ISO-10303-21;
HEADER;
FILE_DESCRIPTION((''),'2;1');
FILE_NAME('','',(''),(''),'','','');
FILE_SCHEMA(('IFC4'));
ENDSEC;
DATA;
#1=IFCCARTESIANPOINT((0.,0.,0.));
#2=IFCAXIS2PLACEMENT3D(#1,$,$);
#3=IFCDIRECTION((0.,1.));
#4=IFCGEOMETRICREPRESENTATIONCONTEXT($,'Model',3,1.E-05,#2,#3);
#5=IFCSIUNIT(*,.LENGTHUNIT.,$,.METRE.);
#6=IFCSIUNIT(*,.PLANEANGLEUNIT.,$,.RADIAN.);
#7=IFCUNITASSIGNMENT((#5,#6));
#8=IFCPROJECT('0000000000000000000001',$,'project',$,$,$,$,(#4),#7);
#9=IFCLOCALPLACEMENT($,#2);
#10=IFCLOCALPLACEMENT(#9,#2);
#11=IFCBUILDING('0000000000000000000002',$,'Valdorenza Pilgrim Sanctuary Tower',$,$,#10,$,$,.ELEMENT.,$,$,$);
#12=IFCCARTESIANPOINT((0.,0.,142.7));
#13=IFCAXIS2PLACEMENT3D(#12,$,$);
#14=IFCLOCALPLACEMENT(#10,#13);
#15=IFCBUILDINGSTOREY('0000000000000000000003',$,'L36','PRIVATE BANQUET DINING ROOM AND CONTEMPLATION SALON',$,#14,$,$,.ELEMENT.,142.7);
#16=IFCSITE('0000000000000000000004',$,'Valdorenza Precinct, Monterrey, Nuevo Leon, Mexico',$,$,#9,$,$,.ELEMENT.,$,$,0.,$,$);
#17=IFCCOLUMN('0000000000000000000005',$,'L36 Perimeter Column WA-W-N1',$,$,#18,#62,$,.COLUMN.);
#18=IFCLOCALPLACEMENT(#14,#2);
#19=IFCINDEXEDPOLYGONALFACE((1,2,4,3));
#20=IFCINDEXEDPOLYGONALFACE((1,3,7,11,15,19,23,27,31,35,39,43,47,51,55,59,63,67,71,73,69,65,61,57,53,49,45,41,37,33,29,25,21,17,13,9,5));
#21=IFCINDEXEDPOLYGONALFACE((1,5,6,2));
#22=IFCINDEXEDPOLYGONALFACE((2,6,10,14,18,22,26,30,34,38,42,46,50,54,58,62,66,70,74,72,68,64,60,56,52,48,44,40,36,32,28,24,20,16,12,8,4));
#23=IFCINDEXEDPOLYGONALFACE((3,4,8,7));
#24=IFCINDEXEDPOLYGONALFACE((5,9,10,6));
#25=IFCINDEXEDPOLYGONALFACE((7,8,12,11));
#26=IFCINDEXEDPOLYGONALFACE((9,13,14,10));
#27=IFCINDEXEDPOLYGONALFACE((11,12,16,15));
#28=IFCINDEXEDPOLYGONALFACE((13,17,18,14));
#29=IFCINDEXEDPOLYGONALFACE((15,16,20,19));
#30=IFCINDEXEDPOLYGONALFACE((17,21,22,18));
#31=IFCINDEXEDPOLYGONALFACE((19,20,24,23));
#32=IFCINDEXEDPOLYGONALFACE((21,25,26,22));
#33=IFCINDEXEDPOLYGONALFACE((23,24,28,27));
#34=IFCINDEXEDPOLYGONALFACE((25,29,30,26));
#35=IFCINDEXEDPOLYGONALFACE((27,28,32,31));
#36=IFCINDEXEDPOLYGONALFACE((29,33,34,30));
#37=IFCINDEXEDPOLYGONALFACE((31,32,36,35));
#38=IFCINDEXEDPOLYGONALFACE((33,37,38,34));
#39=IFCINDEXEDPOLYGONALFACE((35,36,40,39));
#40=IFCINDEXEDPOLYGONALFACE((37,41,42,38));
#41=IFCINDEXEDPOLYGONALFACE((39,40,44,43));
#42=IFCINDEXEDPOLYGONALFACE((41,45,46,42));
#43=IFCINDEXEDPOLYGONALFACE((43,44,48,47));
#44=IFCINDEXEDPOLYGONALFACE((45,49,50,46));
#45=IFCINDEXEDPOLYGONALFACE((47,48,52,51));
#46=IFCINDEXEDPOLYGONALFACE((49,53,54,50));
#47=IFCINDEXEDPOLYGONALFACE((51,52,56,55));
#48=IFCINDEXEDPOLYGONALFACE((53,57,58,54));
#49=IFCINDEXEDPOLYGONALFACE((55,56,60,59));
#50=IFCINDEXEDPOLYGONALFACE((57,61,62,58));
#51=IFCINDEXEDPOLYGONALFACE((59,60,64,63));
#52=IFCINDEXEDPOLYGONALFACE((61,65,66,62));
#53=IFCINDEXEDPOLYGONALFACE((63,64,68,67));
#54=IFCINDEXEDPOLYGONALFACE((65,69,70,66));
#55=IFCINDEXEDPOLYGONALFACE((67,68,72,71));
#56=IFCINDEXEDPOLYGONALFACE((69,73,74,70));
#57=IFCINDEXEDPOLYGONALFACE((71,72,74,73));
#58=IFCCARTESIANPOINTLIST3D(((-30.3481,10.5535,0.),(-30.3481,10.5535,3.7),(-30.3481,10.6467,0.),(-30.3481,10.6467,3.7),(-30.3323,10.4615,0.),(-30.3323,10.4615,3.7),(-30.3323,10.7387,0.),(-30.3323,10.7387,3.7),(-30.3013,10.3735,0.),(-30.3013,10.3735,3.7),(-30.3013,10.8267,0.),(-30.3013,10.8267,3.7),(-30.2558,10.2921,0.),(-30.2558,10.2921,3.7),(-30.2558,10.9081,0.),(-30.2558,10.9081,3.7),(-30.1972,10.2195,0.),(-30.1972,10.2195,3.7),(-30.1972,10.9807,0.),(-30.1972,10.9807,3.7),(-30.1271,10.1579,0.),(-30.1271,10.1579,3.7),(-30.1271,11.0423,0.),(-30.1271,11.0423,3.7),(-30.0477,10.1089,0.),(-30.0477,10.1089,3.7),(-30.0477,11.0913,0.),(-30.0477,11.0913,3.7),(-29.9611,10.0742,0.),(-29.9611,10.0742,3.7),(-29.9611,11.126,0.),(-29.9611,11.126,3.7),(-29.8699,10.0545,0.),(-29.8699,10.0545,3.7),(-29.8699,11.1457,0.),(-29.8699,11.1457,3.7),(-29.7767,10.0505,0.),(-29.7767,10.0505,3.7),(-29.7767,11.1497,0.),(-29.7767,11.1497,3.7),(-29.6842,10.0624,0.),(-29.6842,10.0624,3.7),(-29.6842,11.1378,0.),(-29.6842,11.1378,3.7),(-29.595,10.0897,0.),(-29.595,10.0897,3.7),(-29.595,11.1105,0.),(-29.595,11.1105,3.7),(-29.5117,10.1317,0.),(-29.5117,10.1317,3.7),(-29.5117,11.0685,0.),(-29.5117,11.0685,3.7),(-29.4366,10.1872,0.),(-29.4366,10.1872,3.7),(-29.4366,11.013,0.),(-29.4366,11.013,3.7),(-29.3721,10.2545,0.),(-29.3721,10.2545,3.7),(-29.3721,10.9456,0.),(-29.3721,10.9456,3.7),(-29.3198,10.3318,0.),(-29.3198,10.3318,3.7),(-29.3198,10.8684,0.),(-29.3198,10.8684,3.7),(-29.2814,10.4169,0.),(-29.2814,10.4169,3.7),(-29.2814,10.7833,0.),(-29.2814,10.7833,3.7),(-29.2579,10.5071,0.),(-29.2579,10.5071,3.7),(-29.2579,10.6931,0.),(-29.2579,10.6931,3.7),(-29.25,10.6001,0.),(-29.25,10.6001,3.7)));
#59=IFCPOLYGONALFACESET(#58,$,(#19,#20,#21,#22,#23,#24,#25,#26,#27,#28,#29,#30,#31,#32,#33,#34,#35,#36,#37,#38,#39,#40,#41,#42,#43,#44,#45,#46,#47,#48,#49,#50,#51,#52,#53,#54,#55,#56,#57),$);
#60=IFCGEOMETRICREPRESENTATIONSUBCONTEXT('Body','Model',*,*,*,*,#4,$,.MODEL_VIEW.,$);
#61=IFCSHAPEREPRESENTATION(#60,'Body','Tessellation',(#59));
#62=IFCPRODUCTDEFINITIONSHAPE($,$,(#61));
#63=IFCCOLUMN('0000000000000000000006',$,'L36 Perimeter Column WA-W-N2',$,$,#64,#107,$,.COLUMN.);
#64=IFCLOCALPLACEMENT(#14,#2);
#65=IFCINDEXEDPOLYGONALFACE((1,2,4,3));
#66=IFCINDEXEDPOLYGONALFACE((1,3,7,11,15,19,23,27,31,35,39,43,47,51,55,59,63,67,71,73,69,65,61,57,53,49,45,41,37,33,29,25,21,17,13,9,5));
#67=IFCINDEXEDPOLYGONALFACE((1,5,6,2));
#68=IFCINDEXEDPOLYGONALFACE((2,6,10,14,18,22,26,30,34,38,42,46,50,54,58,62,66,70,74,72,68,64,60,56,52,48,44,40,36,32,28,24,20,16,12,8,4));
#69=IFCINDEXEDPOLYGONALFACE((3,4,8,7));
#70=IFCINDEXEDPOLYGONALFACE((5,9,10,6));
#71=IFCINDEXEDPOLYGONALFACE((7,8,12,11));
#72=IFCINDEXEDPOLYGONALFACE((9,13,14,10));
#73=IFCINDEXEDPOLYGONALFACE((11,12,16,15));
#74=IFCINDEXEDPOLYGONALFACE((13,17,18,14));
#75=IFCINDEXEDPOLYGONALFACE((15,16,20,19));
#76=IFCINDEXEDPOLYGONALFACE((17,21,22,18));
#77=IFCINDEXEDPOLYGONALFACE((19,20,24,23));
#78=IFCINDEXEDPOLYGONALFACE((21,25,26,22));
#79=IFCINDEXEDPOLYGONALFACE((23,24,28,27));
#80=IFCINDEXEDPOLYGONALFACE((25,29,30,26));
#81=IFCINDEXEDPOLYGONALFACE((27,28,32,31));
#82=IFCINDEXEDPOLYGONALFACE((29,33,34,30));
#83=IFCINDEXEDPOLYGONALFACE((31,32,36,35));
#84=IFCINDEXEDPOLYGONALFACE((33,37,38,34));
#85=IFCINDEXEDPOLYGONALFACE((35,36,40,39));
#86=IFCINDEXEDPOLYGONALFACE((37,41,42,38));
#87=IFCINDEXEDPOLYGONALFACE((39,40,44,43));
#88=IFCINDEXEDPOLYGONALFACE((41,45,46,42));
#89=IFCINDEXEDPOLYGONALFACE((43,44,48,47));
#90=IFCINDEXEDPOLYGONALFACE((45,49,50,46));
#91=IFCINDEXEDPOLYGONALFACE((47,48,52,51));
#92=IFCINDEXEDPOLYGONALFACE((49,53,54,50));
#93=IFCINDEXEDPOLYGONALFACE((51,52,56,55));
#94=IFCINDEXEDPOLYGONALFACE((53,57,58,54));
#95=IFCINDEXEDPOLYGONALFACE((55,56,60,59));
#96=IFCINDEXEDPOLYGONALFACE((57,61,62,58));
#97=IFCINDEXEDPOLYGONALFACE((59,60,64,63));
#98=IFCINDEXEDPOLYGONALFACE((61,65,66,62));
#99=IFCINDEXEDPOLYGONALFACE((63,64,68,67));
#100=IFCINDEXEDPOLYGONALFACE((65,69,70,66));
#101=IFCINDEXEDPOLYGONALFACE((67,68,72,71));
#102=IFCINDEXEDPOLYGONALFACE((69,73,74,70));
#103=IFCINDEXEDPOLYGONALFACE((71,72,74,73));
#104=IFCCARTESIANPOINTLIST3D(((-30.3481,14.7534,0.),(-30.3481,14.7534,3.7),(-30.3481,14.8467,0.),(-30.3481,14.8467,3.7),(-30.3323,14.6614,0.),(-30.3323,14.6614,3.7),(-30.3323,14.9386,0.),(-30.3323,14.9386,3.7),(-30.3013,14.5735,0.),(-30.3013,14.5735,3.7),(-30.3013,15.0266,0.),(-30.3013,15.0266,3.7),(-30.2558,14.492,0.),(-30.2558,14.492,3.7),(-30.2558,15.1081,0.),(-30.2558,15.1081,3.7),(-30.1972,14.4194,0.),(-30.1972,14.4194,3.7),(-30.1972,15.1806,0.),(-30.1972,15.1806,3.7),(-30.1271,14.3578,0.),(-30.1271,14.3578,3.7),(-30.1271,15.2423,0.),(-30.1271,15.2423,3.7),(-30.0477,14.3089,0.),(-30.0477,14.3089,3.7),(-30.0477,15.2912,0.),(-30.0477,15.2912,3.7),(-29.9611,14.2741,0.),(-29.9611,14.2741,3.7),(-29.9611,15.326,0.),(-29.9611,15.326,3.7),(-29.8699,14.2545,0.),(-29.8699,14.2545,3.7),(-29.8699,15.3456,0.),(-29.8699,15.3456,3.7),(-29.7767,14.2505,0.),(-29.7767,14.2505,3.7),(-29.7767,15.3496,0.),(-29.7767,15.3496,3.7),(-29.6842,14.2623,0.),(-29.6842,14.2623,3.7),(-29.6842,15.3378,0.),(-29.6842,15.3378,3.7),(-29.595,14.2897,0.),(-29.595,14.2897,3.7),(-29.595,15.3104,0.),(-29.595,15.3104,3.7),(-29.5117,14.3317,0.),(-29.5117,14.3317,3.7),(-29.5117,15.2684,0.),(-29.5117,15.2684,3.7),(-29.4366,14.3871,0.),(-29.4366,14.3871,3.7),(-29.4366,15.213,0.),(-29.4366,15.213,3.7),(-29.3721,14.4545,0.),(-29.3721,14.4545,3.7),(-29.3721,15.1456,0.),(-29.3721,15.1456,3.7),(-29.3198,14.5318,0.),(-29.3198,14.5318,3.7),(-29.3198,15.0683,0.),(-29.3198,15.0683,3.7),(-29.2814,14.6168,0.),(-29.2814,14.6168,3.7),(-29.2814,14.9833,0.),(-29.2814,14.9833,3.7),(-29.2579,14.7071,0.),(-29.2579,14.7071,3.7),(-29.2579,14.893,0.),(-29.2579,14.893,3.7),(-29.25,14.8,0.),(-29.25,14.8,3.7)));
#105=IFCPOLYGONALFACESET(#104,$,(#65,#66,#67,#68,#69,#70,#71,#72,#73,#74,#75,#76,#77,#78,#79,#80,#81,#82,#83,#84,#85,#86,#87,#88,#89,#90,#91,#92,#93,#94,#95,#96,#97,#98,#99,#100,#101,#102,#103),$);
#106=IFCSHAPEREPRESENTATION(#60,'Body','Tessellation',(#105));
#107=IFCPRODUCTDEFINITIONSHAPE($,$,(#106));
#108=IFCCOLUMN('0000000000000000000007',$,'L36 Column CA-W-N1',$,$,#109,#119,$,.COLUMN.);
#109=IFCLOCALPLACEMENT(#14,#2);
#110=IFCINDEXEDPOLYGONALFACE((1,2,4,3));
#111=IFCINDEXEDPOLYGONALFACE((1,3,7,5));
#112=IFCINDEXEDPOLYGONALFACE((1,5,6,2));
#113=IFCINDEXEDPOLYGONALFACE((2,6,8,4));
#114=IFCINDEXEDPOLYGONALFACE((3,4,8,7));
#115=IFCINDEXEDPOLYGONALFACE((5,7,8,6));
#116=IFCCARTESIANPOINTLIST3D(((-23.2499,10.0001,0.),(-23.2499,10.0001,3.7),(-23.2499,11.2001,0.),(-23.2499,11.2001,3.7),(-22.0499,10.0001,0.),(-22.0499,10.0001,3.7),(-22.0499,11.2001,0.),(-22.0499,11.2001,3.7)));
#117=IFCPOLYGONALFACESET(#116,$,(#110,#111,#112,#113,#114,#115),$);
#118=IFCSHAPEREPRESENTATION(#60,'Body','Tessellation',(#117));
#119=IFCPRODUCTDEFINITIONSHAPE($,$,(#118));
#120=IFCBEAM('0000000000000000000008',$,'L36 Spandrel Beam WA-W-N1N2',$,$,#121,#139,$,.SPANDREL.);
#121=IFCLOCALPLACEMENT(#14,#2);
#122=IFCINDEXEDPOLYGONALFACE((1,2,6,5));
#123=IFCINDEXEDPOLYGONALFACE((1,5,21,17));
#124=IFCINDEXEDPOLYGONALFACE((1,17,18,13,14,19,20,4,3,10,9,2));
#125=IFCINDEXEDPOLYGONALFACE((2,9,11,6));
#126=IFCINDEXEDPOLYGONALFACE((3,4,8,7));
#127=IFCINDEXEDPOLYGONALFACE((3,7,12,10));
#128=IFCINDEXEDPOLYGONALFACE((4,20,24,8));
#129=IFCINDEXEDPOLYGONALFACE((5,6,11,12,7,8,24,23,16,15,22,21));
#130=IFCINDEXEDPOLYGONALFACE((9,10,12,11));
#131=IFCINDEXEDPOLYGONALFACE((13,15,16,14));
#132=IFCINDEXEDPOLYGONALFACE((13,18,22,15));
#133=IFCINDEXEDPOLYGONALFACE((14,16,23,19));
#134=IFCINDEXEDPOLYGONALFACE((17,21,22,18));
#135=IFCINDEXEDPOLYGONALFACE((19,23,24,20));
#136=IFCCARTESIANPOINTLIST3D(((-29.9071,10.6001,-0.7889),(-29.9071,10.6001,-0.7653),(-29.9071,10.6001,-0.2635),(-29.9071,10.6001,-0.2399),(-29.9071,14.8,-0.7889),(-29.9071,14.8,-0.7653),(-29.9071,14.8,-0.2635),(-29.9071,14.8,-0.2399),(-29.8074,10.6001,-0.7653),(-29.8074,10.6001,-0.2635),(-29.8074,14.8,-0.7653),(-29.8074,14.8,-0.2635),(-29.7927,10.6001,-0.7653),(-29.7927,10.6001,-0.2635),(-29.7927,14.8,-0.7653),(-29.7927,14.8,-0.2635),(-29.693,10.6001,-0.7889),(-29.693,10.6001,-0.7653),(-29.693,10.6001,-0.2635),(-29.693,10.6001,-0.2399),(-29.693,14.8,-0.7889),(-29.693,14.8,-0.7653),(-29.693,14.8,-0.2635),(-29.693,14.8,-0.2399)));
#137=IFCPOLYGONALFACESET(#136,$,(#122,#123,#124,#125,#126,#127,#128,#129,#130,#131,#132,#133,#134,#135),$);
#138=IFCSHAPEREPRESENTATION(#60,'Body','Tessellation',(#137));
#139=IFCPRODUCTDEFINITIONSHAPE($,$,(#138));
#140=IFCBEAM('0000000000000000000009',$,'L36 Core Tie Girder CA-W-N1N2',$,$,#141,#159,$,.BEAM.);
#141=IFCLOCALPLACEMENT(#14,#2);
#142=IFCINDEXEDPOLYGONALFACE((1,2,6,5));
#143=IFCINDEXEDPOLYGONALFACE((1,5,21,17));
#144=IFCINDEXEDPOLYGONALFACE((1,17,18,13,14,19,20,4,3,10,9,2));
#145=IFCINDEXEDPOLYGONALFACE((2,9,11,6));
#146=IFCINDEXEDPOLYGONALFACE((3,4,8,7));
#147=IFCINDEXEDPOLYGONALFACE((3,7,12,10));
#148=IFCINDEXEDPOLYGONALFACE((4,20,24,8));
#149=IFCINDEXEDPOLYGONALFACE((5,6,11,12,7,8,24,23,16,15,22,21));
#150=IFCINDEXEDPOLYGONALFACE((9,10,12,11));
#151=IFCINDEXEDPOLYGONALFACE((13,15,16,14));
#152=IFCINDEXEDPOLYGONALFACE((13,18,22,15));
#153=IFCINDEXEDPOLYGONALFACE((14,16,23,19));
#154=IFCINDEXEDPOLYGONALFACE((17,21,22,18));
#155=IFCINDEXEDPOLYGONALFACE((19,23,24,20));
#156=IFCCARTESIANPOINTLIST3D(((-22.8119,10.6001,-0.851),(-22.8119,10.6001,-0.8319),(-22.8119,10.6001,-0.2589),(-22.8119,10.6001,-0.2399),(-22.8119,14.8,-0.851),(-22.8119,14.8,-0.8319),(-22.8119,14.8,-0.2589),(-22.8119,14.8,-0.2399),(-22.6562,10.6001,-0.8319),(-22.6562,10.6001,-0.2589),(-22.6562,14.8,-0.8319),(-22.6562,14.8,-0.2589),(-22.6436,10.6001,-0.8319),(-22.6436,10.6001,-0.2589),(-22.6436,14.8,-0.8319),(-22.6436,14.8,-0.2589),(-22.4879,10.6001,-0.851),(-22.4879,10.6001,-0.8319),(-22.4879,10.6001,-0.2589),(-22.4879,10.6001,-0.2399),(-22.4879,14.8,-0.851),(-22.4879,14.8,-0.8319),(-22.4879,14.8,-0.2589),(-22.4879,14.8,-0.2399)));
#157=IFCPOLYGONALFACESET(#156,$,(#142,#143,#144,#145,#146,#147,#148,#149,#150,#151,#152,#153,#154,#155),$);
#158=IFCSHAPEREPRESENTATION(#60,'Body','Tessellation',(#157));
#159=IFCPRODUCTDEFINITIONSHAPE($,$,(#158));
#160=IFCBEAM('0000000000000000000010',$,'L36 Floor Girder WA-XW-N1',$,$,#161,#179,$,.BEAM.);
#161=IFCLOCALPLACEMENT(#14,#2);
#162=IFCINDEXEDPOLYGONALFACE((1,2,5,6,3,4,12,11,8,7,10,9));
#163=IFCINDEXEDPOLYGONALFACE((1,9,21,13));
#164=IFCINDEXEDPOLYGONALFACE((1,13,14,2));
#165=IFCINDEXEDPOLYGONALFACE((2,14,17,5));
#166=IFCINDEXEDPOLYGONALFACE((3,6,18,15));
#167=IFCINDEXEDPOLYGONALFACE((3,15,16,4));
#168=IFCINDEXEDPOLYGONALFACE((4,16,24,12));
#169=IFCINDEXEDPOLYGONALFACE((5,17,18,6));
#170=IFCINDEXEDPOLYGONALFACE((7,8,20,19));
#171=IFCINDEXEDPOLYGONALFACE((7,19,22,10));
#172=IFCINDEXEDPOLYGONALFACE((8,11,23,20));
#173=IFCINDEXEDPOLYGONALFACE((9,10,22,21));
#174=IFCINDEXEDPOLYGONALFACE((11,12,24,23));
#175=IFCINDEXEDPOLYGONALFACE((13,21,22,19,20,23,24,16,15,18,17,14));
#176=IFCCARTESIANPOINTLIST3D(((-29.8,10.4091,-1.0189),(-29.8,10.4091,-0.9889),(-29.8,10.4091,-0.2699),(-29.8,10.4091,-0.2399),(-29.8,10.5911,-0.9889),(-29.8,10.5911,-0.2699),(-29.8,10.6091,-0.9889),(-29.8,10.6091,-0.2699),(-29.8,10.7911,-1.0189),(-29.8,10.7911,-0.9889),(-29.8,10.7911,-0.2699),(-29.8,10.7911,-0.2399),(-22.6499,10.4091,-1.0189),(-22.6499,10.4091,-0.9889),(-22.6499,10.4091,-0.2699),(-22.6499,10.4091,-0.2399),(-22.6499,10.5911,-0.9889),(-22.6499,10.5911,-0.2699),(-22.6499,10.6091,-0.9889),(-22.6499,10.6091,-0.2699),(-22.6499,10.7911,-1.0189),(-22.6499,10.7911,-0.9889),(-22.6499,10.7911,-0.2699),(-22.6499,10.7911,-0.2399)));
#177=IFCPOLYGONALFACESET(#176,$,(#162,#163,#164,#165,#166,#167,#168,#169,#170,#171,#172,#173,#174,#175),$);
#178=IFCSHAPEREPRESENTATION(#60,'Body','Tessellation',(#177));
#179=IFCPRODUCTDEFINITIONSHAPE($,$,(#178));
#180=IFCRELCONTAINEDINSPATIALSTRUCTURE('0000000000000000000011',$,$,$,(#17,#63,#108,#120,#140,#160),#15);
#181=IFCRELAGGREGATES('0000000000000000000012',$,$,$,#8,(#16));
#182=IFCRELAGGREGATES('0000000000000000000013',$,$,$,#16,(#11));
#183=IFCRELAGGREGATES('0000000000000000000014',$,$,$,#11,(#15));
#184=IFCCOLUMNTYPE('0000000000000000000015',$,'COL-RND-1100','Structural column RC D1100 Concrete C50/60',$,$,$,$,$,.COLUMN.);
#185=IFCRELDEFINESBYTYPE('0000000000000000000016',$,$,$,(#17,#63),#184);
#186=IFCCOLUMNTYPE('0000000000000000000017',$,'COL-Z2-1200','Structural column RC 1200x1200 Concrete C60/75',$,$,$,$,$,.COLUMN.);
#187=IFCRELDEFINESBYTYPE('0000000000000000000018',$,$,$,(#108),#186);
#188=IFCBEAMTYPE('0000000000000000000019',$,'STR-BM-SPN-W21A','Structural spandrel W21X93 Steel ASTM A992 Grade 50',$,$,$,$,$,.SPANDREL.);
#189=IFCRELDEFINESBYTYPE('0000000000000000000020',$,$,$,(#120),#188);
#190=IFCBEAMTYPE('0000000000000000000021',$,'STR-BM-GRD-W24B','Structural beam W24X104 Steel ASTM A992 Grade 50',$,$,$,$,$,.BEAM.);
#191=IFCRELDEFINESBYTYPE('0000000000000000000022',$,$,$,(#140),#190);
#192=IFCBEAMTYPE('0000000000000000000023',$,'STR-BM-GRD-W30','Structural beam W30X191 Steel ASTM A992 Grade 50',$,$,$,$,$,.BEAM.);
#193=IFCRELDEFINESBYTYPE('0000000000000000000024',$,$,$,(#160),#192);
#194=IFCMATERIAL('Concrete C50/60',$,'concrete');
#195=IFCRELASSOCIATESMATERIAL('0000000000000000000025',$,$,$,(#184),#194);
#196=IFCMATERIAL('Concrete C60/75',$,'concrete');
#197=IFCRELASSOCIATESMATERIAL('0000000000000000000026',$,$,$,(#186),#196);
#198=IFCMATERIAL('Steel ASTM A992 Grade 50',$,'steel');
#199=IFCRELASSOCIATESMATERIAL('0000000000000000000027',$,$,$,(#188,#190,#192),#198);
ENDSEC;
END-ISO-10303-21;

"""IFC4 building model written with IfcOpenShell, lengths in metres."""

from ifc_helpers import new_model, si_unit, direction, frame, origin, origin_2d, place, context, subcontext, project, spatial, rectangle, circle, i_section, extrude, source, transform, mapped, material, material_profile, profile_set, type_object, element, save


model = new_model("IFC4")

# Units and contexts
model_context = context("Model", 3, precision=1e-05, world=origin(), true_north=direction((0.0, 1.0)))
body_context = subcontext(model_context, "Body", "Model", "MODEL_VIEW")
ifc_project = project(units=[si_unit("LENGTHUNIT", "METRE"), si_unit("PLANEANGLEUNIT", "RADIAN")], contexts=[model_context])

# Site, building, storey
site_placement = place(None, origin())
site = spatial("IfcSite", under=ifc_project, at=site_placement, Name="Valdorenza Precinct, Monterrey, Nuevo Leon, Mexico", CompositionType="ELEMENT", RefElevation=0.0)
building_placement = place(site_placement, origin())
building = spatial("IfcBuilding", under=site, at=building_placement, Name="Valdorenza Pilgrim Sanctuary Tower", CompositionType="ELEMENT")
storey_placement = place(building_placement, frame((0.0, 0.0, 142.7)))
storey = spatial("IfcBuildingStorey", under=building, at=storey_placement, Name="L36", Description="PRIVATE BANQUET DINING ROOM AND CONTEMPLATION SALON", CompositionType="ELEMENT", Elevation=142.7)

# Columns
ifc_material_1 = material(Name="Concrete C50/60", Category="concrete")
ifc_material_profile_1 = material_profile(ifc_material_1, circle(Radius=0.55, at=origin_2d()), Name="RC D1100")
ifc_profile_set_1 = profile_set([ifc_material_profile_1], Name="Concrete C50/60")
column_type_1 = type_object("IfcColumnType", Name="COL-RND-1100", Description="Structural column RC D1100 Concrete C50/60", PredefinedType="COLUMN", material=ifc_profile_set_1)
shared_shape_1 = source(origin(), body_context, "Body", "SweptSolid", [
    extrude(circle(Radius=0.55, at=origin_2d()), origin(), (0.0, 0.0, 1.0), 3.7),
])
for number, where, z_axis, x_axis, name in (
    (1, (-29.8, 10.6001, 0.0), (0.0, 0.0, 1.0), (1.0, 0.0, 0.0), "L36 Perimeter Column WA-W-N1"),
    (2, (-29.8, 14.8, 0.0), (0.0, 0.0, 1.0), (1.0, 0.0, 0.0), "L36 Perimeter Column WA-W-N2"),
):
    element("IfcColumn", number, at=place(storey_placement, frame(where, z_axis=z_axis, x_axis=x_axis)), inside=storey, type_object=column_type_1, Name=name, PredefinedType="COLUMN", context=body_context, shape_type="MappedRepresentation", body=[
        mapped(shared_shape_1, transform((0.0, 0.0, 0.0), x_axis=(1.0, 0.0, 0.0), y_axis=(0.0, 1.0, 0.0), z_axis=(0.0, 0.0, 1.0), scale=1.0)),
    ])
ifc_material_2 = material(Name="Concrete C60/75", Category="concrete")
ifc_material_profile_2 = material_profile(ifc_material_2, rectangle(XDim=1.2, YDim=1.2, at=origin_2d()), Name="RC 1200x1200")
ifc_profile_set_2 = profile_set([ifc_material_profile_2], Name="Concrete C60/75")
column_type_2 = type_object("IfcColumnType", Name="COL-Z2-1200", Description="Structural column RC 1200x1200 Concrete C60/75", PredefinedType="COLUMN", material=ifc_profile_set_2)
shared_shape_2 = source(origin(), body_context, "Body", "SweptSolid", [
    extrude(rectangle(XDim=1.2, YDim=1.2, at=origin_2d()), origin(), (0.0, 0.0, 1.0), 3.7),
])
column_placement = place(storey_placement, frame((-22.6499, 10.6001, 0.0), z_axis=(0.0, 0.0, 1.0), x_axis=(1.0, 0.0, 0.0)))
element("IfcColumn", 3, at=column_placement, inside=storey, type_object=column_type_2, Name="L36 Column CA-W-N1", PredefinedType="COLUMN", context=body_context, shape_type="MappedRepresentation", body=[
    mapped(shared_shape_2, transform((0.0, 0.0, 0.0), x_axis=(1.0, 0.0, 0.0), y_axis=(0.0, 1.0, 0.0), z_axis=(0.0, 0.0, 1.0), scale=1.0)),
])

# Beams
ifc_material_3 = material(Name="Steel ASTM A992 Grade 50", Category="steel")
ifc_material_profile_3 = material_profile(ifc_material_3, i_section(OverallWidth=0.2141, OverallDepth=0.5491, WebThickness=0.0146, FlangeThickness=0.0237, at=origin_2d()), Name="W21X93")
ifc_profile_set_3 = profile_set([ifc_material_profile_3], Name="Steel ASTM A992 Grade 50")
beam_type_1 = type_object("IfcBeamType", Name="STR-BM-SPN-W21A", Description="Structural spandrel W21X93 Steel ASTM A992 Grade 50", PredefinedType="SPANDREL", material=ifc_profile_set_3)
shared_shape_3 = source(origin(), body_context, "Body", "SweptSolid", [
    extrude(i_section(OverallWidth=0.2141, OverallDepth=0.5491, WebThickness=0.0146, FlangeThickness=0.0237, at=origin_2d()), origin(), (0.0, 0.0, 1.0), 4.2),
])
beam_1_placement = place(storey_placement, frame((-29.8, 10.6001, -0.5144), z_axis=(0.0, 1.0, 0.0), x_axis=(-1.0, 0.0, 0.0)))
element("IfcBeam", 4, at=beam_1_placement, inside=storey, type_object=beam_type_1, Name="L36 Spandrel Beam WA-W-N1N2", PredefinedType="SPANDREL", context=body_context, shape_type="MappedRepresentation", body=[
    mapped(shared_shape_3, transform((0.0, 0.0, 0.0), x_axis=(1.0, 0.0, 0.0), y_axis=(0.0, 1.0, 0.0), z_axis=(0.0, 0.0, 1.0), scale=1.0)),
])
ifc_material_profile_4 = material_profile(ifc_material_3, i_section(OverallWidth=0.324, OverallDepth=0.6111, WebThickness=0.0127, FlangeThickness=0.019, at=origin_2d()), Name="W24X104")
ifc_profile_set_4 = profile_set([ifc_material_profile_4], Name="Steel ASTM A992 Grade 50")
beam_type_2 = type_object("IfcBeamType", Name="STR-BM-GRD-W24B", Description="Structural beam W24X104 Steel ASTM A992 Grade 50", PredefinedType="BEAM", material=ifc_profile_set_4)
shared_shape_4 = source(origin(), body_context, "Body", "SweptSolid", [
    extrude(i_section(OverallWidth=0.324, OverallDepth=0.6111, WebThickness=0.0127, FlangeThickness=0.019, at=origin_2d()), origin(), (0.0, 0.0, 1.0), 4.2),
])
beam_2_placement = place(storey_placement, frame((-22.6499, 10.6001, -0.5454), z_axis=(0.0, 1.0, 0.0), x_axis=(-1.0, 0.0, 0.0)))
element("IfcBeam", 5, at=beam_2_placement, inside=storey, type_object=beam_type_2, Name="L36 Core Tie Girder CA-W-N1N2", PredefinedType="BEAM", context=body_context, shape_type="MappedRepresentation", body=[
    mapped(shared_shape_4, transform((0.0, 0.0, 0.0), x_axis=(1.0, 0.0, 0.0), y_axis=(0.0, 1.0, 0.0), z_axis=(0.0, 0.0, 1.0), scale=1.0)),
])
ifc_material_profile_5 = material_profile(ifc_material_3, i_section(OverallWidth=0.3821, OverallDepth=0.7791, WebThickness=0.0181, FlangeThickness=0.03, at=origin_2d()), Name="W30X191")
ifc_profile_set_5 = profile_set([ifc_material_profile_5], Name="Steel ASTM A992 Grade 50")
beam_type_3 = type_object("IfcBeamType", Name="STR-BM-GRD-W30", Description="Structural beam W30X191 Steel ASTM A992 Grade 50", PredefinedType="BEAM", material=ifc_profile_set_5)
shared_shape_5 = source(origin(), body_context, "Body", "SweptSolid", [
    extrude(i_section(OverallWidth=0.3821, OverallDepth=0.7791, WebThickness=0.0181, FlangeThickness=0.03, at=origin_2d()), origin(), (0.0, 0.0, 1.0), 7.1501),
])
for number, where, z_axis, x_axis, name in (
    (6, (-29.8, 10.6001, -0.6294), (1.0, 0.0, 0.0), (0.0, 1.0, 0.0), "L36 Floor Girder WA-XW-N1"),
):
    element("IfcBeam", number, at=place(storey_placement, frame(where, z_axis=z_axis, x_axis=x_axis)), inside=storey, type_object=beam_type_3, Name=name, PredefinedType="BEAM", context=body_context, shape_type="MappedRepresentation", body=[
        mapped(shared_shape_5, transform((0.0, 0.0, 0.0), x_axis=(1.0, 0.0, 0.0), y_axis=(0.0, 1.0, 0.0), z_axis=(0.0, 0.0, 1.0), scale=1.0)),
    ])

save(model, "model.ifc")
